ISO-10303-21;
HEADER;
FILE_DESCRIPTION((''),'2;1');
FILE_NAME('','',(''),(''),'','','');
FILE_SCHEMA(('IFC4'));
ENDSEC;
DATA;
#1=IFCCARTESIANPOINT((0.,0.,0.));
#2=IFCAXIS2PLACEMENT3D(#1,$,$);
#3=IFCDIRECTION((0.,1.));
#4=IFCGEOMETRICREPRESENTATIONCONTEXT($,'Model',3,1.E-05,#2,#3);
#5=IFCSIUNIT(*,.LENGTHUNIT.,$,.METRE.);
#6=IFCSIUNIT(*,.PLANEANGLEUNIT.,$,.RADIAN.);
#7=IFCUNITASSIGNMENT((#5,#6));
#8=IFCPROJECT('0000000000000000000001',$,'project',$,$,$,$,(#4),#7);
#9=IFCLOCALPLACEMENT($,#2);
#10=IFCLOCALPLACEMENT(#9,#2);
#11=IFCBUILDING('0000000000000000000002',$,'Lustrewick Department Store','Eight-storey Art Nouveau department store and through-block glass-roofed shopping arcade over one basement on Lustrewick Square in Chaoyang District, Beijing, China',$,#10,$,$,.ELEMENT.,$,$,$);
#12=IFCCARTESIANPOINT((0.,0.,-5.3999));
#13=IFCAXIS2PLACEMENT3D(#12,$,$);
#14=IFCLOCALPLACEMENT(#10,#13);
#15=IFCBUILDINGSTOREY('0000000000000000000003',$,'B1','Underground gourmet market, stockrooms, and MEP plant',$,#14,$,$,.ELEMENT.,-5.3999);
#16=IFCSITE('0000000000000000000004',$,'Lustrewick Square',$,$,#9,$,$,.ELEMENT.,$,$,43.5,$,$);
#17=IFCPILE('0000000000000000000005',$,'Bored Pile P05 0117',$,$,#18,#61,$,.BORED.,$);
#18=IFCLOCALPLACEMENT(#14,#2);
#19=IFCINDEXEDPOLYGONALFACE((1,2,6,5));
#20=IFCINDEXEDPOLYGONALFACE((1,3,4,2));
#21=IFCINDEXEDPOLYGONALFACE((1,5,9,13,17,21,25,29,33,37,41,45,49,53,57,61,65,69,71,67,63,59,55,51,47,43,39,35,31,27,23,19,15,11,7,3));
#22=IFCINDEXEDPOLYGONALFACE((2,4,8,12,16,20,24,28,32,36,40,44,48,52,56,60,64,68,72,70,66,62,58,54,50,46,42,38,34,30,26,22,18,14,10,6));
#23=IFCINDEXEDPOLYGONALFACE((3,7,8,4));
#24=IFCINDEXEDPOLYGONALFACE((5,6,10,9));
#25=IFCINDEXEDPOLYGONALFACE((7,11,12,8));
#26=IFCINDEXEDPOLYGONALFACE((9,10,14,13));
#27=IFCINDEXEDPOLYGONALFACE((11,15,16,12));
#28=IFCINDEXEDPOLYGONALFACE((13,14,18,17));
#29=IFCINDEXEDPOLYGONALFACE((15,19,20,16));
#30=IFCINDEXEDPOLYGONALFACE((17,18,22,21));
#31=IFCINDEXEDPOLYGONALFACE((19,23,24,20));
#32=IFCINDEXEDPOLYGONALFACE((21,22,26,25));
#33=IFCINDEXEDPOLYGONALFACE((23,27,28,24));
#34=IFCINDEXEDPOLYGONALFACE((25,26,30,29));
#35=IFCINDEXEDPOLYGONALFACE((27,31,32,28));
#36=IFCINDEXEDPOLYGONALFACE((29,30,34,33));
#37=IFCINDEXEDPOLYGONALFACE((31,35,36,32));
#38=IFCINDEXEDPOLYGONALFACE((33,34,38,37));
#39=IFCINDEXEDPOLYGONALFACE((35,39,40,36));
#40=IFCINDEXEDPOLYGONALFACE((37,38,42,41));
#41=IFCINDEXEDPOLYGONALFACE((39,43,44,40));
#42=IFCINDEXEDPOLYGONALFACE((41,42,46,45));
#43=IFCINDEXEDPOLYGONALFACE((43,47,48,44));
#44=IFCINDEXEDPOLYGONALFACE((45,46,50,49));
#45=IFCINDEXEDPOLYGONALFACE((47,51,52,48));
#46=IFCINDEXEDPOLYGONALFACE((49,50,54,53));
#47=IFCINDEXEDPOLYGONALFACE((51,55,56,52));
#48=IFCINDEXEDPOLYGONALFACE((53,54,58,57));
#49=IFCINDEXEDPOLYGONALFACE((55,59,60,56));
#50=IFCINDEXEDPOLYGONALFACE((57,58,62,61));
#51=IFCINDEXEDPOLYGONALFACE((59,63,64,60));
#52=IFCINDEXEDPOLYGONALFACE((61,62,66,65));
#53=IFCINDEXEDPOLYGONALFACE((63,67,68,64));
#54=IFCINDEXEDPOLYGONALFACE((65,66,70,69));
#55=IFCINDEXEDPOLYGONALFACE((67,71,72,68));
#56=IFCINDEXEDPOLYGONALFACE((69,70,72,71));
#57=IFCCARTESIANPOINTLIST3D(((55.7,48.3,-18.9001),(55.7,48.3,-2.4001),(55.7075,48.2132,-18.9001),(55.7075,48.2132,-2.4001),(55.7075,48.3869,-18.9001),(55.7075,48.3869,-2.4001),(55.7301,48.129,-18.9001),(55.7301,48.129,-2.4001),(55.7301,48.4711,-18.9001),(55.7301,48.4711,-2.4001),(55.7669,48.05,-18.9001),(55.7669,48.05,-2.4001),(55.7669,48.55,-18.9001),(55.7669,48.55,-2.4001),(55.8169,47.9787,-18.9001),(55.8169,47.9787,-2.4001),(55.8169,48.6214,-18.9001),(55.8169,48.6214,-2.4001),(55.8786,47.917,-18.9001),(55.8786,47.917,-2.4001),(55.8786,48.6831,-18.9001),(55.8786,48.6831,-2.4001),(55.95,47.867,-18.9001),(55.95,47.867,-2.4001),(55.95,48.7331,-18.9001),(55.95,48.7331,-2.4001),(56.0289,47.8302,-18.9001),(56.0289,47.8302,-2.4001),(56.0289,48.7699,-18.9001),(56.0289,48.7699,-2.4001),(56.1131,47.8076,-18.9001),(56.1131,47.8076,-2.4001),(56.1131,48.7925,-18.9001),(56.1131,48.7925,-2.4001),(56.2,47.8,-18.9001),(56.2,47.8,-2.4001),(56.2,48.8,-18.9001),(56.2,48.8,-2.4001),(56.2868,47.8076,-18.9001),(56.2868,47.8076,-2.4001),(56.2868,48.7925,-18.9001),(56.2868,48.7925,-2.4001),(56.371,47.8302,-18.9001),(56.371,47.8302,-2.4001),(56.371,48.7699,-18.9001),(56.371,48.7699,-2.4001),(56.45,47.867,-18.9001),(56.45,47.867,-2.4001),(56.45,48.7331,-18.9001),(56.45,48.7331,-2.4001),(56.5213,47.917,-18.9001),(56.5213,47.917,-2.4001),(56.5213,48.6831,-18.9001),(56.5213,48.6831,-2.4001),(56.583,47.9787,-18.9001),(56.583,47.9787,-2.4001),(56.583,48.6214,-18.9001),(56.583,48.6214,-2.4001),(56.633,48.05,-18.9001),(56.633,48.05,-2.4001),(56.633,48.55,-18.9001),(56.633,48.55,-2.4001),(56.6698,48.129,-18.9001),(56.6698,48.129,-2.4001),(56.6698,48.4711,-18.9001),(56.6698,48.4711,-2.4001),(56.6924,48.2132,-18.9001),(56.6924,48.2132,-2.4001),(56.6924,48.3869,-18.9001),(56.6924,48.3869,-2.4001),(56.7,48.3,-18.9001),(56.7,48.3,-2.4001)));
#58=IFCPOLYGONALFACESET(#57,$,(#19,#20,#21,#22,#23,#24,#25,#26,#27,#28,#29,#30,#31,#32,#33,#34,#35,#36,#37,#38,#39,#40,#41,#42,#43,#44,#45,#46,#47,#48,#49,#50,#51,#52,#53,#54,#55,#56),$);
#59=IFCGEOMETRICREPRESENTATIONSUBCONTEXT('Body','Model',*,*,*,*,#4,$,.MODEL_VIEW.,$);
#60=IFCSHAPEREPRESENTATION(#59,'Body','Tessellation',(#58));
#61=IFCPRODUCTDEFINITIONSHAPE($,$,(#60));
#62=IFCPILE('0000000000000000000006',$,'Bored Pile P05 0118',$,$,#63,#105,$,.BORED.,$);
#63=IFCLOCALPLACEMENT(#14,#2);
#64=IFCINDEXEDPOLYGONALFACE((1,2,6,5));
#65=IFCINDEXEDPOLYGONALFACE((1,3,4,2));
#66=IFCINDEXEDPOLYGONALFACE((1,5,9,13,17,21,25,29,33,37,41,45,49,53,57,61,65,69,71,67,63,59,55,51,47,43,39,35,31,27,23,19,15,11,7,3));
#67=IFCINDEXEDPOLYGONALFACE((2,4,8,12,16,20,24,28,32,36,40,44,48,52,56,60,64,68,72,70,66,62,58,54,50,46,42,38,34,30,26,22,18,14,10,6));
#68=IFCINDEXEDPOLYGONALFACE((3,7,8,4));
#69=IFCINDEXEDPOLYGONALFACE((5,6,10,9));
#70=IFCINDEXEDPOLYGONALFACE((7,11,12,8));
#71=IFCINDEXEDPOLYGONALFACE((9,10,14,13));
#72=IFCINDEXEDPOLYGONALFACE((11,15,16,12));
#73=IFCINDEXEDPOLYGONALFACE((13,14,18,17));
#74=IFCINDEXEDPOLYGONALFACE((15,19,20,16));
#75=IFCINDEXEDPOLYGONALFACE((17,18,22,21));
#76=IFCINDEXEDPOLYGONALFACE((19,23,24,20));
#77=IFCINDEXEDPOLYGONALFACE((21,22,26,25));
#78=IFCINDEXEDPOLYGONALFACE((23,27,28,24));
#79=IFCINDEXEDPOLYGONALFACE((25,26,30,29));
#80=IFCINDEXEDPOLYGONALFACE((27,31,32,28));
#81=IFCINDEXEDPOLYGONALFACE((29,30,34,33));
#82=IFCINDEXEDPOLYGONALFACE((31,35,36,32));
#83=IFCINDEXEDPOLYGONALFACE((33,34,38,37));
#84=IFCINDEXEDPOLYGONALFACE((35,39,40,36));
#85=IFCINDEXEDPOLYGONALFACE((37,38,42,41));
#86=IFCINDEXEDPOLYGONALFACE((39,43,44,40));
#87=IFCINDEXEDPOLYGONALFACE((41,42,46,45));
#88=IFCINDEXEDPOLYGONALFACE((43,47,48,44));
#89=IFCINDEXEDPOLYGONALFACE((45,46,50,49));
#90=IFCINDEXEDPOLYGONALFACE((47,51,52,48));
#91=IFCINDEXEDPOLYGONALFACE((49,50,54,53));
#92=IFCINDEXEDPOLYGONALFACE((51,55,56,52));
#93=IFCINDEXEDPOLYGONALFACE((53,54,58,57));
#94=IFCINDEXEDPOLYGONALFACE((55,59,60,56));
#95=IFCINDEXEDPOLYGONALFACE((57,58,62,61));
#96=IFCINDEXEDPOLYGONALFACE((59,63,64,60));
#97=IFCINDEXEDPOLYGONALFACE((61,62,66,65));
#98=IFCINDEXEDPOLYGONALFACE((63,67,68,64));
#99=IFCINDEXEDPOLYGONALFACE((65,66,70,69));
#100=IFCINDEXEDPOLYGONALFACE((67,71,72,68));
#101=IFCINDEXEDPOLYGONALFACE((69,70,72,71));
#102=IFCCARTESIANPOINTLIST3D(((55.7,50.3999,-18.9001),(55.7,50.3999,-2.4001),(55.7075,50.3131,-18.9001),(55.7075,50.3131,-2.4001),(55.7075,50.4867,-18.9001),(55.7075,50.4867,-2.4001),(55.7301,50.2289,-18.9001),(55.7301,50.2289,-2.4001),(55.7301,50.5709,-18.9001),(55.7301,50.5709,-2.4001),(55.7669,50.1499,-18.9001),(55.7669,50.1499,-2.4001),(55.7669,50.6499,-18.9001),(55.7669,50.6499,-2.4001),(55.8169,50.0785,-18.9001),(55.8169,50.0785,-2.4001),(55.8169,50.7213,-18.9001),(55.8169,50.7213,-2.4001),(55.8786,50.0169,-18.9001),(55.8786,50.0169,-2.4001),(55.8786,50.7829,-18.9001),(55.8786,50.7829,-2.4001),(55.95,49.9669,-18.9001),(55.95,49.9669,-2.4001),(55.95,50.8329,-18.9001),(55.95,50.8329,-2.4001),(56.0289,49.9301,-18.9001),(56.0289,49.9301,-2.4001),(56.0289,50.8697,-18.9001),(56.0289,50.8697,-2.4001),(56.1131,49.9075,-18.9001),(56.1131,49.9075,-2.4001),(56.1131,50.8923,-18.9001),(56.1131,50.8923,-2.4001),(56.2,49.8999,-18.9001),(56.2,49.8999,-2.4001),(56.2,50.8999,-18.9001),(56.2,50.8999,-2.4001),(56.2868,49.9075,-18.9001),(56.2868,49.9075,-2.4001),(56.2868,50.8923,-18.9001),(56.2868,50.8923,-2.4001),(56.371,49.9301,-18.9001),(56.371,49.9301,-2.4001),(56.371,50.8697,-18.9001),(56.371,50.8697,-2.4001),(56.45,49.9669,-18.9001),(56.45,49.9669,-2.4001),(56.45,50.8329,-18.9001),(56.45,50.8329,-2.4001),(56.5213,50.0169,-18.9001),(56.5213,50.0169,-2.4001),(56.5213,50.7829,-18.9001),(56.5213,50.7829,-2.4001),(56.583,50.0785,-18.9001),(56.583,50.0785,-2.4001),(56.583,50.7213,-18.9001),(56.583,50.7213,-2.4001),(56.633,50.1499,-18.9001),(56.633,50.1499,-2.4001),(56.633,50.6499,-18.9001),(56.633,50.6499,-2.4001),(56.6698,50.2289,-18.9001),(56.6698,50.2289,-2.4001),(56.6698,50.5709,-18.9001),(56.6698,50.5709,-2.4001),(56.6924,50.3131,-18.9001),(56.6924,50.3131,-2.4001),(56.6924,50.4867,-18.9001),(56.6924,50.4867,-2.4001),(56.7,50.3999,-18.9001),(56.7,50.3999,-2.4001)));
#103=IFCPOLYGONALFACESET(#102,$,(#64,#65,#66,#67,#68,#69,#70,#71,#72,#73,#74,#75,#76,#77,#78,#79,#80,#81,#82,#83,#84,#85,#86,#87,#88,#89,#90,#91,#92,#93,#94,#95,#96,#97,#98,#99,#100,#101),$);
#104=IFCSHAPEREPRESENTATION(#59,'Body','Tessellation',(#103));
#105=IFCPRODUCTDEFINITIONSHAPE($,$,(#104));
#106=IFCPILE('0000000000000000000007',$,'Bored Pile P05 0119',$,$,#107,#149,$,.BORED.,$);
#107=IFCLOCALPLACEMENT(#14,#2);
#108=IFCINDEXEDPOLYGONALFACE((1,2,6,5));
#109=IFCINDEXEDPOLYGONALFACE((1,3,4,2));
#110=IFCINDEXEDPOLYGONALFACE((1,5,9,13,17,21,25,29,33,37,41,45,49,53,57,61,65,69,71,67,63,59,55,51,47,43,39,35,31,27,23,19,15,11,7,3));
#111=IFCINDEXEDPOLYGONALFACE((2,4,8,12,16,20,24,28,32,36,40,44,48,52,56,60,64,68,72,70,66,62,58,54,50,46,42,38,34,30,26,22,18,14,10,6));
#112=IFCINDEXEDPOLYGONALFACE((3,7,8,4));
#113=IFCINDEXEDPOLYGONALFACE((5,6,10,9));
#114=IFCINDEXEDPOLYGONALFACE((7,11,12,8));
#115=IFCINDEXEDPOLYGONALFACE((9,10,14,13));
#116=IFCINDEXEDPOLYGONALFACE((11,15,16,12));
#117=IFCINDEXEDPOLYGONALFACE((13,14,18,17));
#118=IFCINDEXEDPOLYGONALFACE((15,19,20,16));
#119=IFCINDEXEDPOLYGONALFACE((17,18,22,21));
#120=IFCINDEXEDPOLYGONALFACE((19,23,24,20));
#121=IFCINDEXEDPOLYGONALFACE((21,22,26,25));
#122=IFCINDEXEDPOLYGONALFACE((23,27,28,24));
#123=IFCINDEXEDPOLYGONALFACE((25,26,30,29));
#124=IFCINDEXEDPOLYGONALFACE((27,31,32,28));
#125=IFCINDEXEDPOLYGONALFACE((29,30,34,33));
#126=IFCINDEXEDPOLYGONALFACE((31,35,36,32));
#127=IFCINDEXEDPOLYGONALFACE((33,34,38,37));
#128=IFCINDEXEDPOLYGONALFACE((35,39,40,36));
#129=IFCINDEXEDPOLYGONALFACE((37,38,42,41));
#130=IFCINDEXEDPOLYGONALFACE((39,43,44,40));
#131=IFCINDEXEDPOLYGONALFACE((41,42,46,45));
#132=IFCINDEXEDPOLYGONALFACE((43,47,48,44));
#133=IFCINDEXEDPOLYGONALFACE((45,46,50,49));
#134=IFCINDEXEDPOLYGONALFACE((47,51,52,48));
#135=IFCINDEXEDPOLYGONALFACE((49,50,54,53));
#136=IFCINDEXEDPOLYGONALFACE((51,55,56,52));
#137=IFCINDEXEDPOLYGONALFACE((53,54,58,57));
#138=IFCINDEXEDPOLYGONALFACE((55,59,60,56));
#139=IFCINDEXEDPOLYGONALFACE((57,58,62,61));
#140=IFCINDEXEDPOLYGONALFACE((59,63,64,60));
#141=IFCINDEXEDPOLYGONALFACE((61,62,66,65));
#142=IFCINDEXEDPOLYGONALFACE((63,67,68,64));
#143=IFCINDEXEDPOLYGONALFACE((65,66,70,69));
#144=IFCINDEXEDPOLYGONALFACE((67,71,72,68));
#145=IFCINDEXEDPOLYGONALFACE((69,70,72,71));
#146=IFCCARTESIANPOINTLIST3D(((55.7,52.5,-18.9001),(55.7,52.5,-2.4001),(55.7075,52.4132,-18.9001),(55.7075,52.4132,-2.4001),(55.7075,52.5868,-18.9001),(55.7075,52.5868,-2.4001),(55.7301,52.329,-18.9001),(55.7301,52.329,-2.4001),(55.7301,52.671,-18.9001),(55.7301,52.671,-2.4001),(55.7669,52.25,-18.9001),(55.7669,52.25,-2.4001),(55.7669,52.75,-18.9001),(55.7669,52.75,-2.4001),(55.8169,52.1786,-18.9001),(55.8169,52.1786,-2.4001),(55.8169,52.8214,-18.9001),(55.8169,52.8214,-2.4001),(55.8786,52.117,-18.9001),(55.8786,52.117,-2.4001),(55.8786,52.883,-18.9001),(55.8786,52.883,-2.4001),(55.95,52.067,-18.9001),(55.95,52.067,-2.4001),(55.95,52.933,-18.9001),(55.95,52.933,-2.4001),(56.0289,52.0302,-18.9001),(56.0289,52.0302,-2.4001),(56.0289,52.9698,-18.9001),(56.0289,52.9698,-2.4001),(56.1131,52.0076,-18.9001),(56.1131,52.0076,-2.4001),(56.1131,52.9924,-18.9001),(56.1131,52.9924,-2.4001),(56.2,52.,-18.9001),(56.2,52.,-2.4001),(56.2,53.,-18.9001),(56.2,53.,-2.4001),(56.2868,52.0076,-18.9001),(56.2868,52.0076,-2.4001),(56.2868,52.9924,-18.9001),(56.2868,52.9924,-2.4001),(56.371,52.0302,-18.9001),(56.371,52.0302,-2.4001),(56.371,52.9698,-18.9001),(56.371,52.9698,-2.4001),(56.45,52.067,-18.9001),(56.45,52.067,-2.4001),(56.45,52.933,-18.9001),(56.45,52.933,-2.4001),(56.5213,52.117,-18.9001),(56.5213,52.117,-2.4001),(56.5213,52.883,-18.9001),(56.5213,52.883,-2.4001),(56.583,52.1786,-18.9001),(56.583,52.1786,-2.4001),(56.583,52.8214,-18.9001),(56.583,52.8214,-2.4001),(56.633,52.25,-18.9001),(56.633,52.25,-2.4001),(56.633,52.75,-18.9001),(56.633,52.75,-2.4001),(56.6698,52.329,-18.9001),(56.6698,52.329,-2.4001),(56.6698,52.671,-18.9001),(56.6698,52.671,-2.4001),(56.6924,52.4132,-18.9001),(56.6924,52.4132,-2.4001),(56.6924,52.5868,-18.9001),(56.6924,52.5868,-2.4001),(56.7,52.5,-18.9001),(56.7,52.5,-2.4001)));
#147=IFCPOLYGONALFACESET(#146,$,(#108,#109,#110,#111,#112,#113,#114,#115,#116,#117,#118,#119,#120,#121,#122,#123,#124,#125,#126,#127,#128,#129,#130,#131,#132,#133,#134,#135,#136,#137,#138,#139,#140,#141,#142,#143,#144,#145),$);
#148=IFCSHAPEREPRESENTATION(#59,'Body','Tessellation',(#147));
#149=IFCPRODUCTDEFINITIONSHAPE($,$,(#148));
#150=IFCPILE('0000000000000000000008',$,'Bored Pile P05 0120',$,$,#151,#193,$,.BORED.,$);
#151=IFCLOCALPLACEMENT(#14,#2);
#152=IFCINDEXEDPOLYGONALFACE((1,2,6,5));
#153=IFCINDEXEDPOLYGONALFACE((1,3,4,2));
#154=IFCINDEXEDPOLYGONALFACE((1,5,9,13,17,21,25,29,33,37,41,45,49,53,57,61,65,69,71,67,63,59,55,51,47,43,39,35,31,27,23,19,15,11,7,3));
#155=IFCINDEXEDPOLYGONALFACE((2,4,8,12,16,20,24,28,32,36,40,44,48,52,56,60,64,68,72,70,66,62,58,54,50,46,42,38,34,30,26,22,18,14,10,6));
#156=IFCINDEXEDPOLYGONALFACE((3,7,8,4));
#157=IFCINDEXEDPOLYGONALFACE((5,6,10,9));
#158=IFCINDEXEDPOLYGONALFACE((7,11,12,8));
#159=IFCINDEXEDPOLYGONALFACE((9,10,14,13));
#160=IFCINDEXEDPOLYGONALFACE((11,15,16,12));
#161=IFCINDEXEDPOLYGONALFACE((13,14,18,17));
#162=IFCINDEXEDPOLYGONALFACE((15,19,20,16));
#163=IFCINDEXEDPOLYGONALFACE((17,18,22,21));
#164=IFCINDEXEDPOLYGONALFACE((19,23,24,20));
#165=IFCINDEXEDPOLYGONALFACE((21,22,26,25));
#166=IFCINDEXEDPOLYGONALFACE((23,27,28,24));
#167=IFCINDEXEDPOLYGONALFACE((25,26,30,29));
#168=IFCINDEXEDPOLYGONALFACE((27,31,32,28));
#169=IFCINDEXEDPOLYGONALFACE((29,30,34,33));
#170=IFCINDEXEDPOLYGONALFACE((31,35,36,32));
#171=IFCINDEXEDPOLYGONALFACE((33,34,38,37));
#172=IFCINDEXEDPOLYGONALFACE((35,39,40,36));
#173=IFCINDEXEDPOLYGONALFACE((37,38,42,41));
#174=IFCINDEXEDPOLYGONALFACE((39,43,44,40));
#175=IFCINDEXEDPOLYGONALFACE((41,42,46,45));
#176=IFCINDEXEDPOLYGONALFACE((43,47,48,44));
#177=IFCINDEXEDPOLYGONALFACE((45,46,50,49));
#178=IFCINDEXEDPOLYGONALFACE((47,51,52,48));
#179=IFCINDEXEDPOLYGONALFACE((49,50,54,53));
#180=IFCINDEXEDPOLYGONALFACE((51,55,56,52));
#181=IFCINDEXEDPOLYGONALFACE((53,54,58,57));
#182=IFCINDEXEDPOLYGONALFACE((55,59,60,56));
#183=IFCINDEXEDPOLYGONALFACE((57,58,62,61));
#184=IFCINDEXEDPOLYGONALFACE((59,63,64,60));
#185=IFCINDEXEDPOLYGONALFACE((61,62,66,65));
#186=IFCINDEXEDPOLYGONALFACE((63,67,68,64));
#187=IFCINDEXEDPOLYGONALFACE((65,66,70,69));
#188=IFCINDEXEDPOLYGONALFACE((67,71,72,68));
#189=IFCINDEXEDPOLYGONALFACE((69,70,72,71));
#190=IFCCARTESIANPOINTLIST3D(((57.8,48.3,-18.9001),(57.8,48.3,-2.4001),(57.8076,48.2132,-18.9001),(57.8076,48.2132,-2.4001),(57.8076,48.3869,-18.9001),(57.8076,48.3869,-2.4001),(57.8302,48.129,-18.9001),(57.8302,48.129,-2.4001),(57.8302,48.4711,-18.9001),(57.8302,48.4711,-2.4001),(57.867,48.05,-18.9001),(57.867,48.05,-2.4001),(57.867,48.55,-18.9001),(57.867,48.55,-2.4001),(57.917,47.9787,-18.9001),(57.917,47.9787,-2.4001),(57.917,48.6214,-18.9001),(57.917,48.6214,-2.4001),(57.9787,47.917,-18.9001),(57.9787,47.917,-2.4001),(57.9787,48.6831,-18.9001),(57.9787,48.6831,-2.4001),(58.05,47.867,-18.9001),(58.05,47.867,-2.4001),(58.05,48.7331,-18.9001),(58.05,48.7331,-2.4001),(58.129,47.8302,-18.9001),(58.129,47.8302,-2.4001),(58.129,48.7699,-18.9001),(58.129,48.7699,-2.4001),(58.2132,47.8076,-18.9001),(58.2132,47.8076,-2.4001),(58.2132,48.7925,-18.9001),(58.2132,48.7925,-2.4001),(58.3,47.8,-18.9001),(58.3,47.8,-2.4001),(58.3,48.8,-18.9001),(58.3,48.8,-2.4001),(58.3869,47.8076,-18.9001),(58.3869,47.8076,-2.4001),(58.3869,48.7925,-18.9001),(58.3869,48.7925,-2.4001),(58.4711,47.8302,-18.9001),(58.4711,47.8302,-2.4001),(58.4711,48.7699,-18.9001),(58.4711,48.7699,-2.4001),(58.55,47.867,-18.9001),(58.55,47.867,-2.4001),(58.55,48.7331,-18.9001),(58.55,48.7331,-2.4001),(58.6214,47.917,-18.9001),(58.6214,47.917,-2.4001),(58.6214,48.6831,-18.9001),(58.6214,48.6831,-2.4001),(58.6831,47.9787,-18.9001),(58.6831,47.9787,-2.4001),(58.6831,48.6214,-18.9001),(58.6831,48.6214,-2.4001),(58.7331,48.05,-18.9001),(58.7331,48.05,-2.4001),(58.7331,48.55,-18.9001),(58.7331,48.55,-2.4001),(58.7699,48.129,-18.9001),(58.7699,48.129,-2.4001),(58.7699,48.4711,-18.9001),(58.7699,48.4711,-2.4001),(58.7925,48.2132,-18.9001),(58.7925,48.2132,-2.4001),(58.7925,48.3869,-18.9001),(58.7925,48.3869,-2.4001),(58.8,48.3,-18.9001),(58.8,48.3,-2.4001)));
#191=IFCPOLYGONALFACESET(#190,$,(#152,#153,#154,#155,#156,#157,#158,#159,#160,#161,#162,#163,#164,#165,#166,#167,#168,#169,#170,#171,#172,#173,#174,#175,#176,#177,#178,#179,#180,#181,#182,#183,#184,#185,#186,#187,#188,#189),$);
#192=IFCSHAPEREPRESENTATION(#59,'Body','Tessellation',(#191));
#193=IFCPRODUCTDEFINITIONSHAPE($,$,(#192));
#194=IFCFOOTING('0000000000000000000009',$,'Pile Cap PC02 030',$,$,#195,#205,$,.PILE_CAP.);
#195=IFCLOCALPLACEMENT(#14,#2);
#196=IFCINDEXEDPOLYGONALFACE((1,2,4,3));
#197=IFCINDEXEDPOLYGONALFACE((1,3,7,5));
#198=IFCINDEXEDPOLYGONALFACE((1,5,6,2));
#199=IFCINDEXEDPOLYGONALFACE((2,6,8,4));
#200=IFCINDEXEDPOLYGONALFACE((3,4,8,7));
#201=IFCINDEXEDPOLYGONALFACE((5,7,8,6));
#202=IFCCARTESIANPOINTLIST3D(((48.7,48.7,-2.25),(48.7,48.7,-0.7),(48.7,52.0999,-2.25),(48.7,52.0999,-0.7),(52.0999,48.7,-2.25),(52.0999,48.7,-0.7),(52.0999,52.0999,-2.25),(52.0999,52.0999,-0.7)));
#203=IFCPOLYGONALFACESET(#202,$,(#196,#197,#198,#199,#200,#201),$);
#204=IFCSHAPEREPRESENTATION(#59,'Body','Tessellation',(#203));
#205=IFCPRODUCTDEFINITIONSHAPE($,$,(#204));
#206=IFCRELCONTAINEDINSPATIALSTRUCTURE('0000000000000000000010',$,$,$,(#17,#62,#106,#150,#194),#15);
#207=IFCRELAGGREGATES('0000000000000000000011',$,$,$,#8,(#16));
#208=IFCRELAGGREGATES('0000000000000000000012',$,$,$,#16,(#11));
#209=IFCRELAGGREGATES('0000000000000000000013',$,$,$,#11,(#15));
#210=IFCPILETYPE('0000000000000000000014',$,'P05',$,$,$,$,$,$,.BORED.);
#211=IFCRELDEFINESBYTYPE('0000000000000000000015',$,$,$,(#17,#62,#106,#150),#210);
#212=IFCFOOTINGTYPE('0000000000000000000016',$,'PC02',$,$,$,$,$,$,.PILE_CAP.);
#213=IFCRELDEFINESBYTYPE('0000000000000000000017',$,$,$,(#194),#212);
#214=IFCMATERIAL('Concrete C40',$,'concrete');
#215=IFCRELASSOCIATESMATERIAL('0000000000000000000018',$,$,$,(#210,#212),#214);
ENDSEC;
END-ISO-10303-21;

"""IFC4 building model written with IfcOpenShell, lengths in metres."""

from ifc_helpers import new_model, si_unit, direction, frame, origin, origin_2d, place, context, subcontext, project, spatial, rectangle, circle, extrude, material, material_profile, profile_set, type_object, element, save


model = new_model("IFC4")

# Units and contexts
model_context = context("Model", 3, precision=1e-05, world=origin(), true_north=direction((0.0, 1.0)))
body_context = subcontext(model_context, "Body", "Model", "MODEL_VIEW")
ifc_project = project(units=[si_unit("LENGTHUNIT", "METRE"), si_unit("PLANEANGLEUNIT", "RADIAN")], contexts=[model_context])

# Site, building, storey
site_placement = place(None, origin())
site = spatial("IfcSite", under=ifc_project, at=site_placement, Name="Lustrewick Square", CompositionType="ELEMENT", RefElevation=43.5)
building_placement = place(site_placement, origin())
building = spatial("IfcBuilding", under=site, at=building_placement, Name="Lustrewick Department Store", Description="Eight-storey Art Nouveau department store and through-block glass-roofed shopping arcade over one basement on Lustrewick Square in Chaoyang District, Beijing, China", CompositionType="ELEMENT")
storey_placement = place(building_placement, frame((0.0, 0.0, -5.3999)))
storey = spatial("IfcBuildingStorey", under=building, at=storey_placement, Name="B1", Description="Underground gourmet market, stockrooms, and MEP plant", CompositionType="ELEMENT", Elevation=-5.3999)

# Piles
ifc_material_1 = material(Name="Concrete C40", Category="concrete")
ifc_material_profile_1 = material_profile(ifc_material_1, circle(Radius=0.5, at=origin_2d()), Name="PILE D1000")
ifc_profile_set_1 = profile_set([ifc_material_profile_1], Name="Concrete C40")
pile_type_1 = type_object("IfcPileType", Name="P05", PredefinedType="BORED", material=ifc_profile_set_1)
for number, where, z_axis, x_axis, name in (
    (1, (56.2, 48.3, -2.4001), (0.0, 0.0, -1.0), (1.0, 0.0, 0.0), "Bored Pile P05 0117"),
    (2, (56.2, 50.3999, -2.4001), (0.0, 0.0, -1.0), (1.0, 0.0, 0.0), "Bored Pile P05 0118"),
    (3, (56.2, 52.5, -2.4001), (0.0, 0.0, -1.0), (1.0, 0.0, 0.0), "Bored Pile P05 0119"),
    (4, (58.3, 48.3, -2.4001), (0.0, 0.0, -1.0), (1.0, 0.0, 0.0), "Bored Pile P05 0120"),
):
    element("IfcPile", number, at=place(storey_placement, frame(where, z_axis=z_axis, x_axis=x_axis)), inside=storey, type_object=pile_type_1, Name=name, PredefinedType="BORED", context=body_context, shape_type="SweptSolid", body=[
        extrude(circle(Radius=0.5, at=origin_2d()), origin(), (0.0, 0.0, 1.0), 16.5),
    ])

# Footing
footing_type_1 = type_object("IfcFootingType", Name="PC02", PredefinedType="PILE_CAP", material=ifc_material_1)
footing_1_placement = place(storey_placement, frame((50.3999, 50.3999, -2.25), z_axis=(0.0, 0.0, 1.0), x_axis=(1.0, 0.0, 0.0)))
element("IfcFooting", 5, at=footing_1_placement, inside=storey, type_object=footing_type_1, Name="Pile Cap PC02 030", PredefinedType="PILE_CAP", context=body_context, shape_type="SweptSolid", body=[
    extrude(rectangle(XDim=3.3999, YDim=3.3999, at=origin_2d()), origin(), (0.0, 0.0, 1.0), 1.55),
])

save(model, "model.ifc")
